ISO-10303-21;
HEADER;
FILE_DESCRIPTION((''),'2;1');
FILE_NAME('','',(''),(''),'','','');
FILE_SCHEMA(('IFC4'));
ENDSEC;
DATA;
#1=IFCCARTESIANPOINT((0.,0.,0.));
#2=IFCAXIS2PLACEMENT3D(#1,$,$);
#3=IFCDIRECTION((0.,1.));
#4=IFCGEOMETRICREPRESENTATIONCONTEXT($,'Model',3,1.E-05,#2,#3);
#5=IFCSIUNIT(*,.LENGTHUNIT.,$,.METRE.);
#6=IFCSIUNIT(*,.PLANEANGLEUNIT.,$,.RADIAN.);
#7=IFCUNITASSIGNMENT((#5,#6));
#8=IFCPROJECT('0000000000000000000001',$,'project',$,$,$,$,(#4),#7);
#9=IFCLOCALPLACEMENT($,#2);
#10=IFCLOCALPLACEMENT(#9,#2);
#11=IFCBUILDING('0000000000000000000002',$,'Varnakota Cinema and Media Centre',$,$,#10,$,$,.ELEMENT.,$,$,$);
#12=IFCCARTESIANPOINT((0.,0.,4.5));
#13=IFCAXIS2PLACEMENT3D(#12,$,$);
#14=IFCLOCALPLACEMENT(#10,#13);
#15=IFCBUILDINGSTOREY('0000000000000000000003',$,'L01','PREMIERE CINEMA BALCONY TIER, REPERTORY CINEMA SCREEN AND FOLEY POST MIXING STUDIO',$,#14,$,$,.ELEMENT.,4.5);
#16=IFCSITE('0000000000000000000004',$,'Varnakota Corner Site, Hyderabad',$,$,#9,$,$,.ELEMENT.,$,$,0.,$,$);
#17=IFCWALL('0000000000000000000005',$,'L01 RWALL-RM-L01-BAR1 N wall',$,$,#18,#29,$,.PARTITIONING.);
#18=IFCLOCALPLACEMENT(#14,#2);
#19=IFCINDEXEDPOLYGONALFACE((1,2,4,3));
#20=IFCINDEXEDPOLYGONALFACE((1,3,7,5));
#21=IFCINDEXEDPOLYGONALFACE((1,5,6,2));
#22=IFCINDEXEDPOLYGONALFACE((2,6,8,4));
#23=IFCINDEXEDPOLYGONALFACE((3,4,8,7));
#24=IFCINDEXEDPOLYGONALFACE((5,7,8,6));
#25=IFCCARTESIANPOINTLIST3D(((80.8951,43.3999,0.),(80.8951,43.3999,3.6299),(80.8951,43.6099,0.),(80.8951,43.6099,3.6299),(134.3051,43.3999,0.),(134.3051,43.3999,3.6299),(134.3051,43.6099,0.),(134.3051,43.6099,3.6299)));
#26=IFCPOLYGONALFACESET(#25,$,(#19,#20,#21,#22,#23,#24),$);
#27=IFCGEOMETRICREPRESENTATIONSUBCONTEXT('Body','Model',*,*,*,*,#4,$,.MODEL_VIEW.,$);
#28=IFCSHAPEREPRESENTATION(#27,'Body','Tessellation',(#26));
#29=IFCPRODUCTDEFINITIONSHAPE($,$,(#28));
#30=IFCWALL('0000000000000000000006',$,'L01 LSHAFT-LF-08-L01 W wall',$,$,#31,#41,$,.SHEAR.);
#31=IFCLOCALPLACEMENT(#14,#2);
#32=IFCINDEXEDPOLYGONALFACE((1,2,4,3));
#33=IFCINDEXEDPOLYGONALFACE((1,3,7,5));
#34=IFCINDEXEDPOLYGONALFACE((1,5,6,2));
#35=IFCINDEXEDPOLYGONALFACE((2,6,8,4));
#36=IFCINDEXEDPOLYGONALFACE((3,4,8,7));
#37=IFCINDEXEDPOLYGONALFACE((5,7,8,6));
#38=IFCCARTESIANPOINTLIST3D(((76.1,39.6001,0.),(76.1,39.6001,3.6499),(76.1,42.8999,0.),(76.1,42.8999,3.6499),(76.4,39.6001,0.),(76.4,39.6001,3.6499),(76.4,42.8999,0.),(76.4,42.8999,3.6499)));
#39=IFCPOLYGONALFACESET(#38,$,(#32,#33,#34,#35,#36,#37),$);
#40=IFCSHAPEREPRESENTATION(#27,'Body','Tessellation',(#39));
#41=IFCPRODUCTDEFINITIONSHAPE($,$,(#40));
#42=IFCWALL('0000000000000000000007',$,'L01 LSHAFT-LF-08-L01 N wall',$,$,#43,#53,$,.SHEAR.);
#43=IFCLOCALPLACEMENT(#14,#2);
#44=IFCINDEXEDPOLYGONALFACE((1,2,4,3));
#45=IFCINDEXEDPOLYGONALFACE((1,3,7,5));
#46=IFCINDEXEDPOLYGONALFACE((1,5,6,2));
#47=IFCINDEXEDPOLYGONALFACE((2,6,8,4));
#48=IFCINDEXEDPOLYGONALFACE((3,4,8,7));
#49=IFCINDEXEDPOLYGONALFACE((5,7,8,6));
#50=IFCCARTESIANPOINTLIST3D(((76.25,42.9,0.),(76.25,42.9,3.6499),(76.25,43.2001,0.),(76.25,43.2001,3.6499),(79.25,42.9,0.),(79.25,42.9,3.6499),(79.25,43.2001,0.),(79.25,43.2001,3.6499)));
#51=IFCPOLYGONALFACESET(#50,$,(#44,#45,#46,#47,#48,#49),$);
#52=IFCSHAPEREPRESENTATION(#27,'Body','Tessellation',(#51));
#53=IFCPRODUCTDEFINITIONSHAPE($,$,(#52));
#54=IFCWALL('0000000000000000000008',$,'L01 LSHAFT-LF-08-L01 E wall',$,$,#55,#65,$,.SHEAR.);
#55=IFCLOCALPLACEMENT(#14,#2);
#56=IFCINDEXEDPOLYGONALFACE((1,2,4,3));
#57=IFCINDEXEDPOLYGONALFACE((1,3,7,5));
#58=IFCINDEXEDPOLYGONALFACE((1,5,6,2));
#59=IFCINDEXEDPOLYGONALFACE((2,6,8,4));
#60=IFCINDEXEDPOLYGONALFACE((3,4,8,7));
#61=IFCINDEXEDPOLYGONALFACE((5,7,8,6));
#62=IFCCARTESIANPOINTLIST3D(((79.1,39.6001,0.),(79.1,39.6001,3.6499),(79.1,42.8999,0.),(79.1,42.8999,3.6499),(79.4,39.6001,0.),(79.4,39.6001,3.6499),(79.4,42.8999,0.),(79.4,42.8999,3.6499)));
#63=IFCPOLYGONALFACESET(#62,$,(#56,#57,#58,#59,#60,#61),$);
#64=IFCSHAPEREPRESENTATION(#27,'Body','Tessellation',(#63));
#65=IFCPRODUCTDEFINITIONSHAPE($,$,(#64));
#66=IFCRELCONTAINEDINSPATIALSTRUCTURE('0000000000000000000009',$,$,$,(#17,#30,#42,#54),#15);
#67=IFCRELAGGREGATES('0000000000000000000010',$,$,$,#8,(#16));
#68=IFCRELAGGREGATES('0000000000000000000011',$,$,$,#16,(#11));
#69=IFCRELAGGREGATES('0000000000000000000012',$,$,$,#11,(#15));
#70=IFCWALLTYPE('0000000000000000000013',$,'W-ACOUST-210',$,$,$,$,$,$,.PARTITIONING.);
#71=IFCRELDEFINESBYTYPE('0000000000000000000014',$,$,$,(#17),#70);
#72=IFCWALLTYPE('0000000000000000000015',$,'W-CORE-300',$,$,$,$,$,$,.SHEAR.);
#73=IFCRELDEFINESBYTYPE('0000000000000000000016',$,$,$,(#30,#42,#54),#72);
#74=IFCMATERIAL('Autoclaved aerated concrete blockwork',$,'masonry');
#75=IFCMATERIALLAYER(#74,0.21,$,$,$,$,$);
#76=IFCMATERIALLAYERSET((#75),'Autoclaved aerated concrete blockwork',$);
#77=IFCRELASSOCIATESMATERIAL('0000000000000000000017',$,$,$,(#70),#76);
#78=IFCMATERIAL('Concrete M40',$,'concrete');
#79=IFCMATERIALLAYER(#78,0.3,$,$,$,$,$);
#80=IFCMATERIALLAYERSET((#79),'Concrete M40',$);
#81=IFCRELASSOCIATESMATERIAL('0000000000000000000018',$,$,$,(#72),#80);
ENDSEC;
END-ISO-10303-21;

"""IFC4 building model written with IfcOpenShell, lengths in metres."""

from ifc_helpers import new_model, si_unit, direction, frame, frame_2d, origin, place, context, subcontext, project, spatial, rectangle, extrude, material, layer, layer_set, type_object, element, save


model = new_model("IFC4")

# Units and contexts
model_context = context("Model", 3, precision=1e-05, world=origin(), true_north=direction((0.0, 1.0)))
body_context = subcontext(model_context, "Body", "Model", "MODEL_VIEW")
ifc_project = project(units=[si_unit("LENGTHUNIT", "METRE"), si_unit("PLANEANGLEUNIT", "RADIAN")], contexts=[model_context])

# Site, building, storey
site_placement = place(None, origin())
site = spatial("IfcSite", under=ifc_project, at=site_placement, Name="Varnakota Corner Site, Hyderabad", CompositionType="ELEMENT", RefElevation=0.0)
building_placement = place(site_placement, origin())
building = spatial("IfcBuilding", under=site, at=building_placement, Name="Varnakota Cinema and Media Centre", CompositionType="ELEMENT")
storey_placement = place(building_placement, frame((0.0, 0.0, 4.5)))
storey = spatial("IfcBuildingStorey", under=building, at=storey_placement, Name="L01", Description="PREMIERE CINEMA BALCONY TIER, REPERTORY CINEMA SCREEN AND FOLEY POST MIXING STUDIO", CompositionType="ELEMENT", Elevation=4.5)

# Wall
ifc_material_1 = material(Name="Autoclaved aerated concrete blockwork", Category="masonry")
ifc_layer_1 = layer(ifc_material_1, 0.21)
ifc_layer_set_1 = layer_set([ifc_layer_1], Name="Autoclaved aerated concrete blockwork")
wall_type_1 = type_object("IfcWallType", Name="W-ACOUST-210", PredefinedType="PARTITIONING", material=ifc_layer_set_1)
wall_1_placement = place(storey_placement, frame((80.895, 43.5049, 0.0), z_axis=(0.0, 0.0, 1.0), x_axis=(1.0, 0.0, 0.0)))
element("IfcWall", 1, at=wall_1_placement, inside=storey, type_object=wall_type_1, Name="L01 RWALL-RM-L01-BAR1 N wall", PredefinedType="PARTITIONING", context=body_context, shape_type="SweptSolid", body=[
    extrude(rectangle(XDim=53.4099, YDim=0.21, at=frame_2d((26.7051, 0.0))), origin(), (0.0, 0.0, 1.0), 3.6299),
])

# Shared definitions
ifc_material_2 = material(Name="Concrete M40", Category="concrete")
ifc_layer_2 = layer(ifc_material_2, 0.3)
ifc_layer_set_2 = layer_set([ifc_layer_2], Name="Concrete M40")
wall_type_2 = type_object("IfcWallType", Name="W-CORE-300", PredefinedType="SHEAR", material=ifc_layer_set_2)

# Walls
wall_2_placement = place(storey_placement, frame((76.25, 39.6001, 0.0), z_axis=(0.0, 0.0, 1.0), x_axis=(0.0, 1.0, 0.0)))
element("IfcWall", 2, at=wall_2_placement, inside=storey, type_object=wall_type_2, Name="L01 LSHAFT-LF-08-L01 W wall", PredefinedType="SHEAR", context=body_context, shape_type="SweptSolid", body=[
    extrude(rectangle(XDim=3.2998, YDim=0.3, at=frame_2d((1.6499, 0.0))), origin(), (0.0, 0.0, 1.0), 3.6499),
])
wall_3_placement = place(storey_placement, frame((76.25, 43.05, 0.0), z_axis=(0.0, 0.0, 1.0), x_axis=(1.0, 0.0, 0.0)))
element("IfcWall", 3, at=wall_3_placement, inside=storey, type_object=wall_type_2, Name="L01 LSHAFT-LF-08-L01 N wall", PredefinedType="SHEAR", context=body_context, shape_type="SweptSolid", body=[
    extrude(rectangle(XDim=3.0, YDim=0.3, at=frame_2d((1.5, 0.0))), origin(), (0.0, 0.0, 1.0), 3.6499),
])
wall_4_placement = place(storey_placement, frame((79.25, 42.8999, 0.0), z_axis=(0.0, 0.0, 1.0), x_axis=(0.0, -1.0, 0.0)))
element("IfcWall", 4, at=wall_4_placement, inside=storey, type_object=wall_type_2, Name="L01 LSHAFT-LF-08-L01 E wall", PredefinedType="SHEAR", context=body_context, shape_type="SweptSolid", body=[
    extrude(rectangle(XDim=3.2998, YDim=0.3, at=frame_2d((1.6499, 0.0))), origin(), (0.0, 0.0, 1.0), 3.6499),
])

save(model, "model.ifc")
